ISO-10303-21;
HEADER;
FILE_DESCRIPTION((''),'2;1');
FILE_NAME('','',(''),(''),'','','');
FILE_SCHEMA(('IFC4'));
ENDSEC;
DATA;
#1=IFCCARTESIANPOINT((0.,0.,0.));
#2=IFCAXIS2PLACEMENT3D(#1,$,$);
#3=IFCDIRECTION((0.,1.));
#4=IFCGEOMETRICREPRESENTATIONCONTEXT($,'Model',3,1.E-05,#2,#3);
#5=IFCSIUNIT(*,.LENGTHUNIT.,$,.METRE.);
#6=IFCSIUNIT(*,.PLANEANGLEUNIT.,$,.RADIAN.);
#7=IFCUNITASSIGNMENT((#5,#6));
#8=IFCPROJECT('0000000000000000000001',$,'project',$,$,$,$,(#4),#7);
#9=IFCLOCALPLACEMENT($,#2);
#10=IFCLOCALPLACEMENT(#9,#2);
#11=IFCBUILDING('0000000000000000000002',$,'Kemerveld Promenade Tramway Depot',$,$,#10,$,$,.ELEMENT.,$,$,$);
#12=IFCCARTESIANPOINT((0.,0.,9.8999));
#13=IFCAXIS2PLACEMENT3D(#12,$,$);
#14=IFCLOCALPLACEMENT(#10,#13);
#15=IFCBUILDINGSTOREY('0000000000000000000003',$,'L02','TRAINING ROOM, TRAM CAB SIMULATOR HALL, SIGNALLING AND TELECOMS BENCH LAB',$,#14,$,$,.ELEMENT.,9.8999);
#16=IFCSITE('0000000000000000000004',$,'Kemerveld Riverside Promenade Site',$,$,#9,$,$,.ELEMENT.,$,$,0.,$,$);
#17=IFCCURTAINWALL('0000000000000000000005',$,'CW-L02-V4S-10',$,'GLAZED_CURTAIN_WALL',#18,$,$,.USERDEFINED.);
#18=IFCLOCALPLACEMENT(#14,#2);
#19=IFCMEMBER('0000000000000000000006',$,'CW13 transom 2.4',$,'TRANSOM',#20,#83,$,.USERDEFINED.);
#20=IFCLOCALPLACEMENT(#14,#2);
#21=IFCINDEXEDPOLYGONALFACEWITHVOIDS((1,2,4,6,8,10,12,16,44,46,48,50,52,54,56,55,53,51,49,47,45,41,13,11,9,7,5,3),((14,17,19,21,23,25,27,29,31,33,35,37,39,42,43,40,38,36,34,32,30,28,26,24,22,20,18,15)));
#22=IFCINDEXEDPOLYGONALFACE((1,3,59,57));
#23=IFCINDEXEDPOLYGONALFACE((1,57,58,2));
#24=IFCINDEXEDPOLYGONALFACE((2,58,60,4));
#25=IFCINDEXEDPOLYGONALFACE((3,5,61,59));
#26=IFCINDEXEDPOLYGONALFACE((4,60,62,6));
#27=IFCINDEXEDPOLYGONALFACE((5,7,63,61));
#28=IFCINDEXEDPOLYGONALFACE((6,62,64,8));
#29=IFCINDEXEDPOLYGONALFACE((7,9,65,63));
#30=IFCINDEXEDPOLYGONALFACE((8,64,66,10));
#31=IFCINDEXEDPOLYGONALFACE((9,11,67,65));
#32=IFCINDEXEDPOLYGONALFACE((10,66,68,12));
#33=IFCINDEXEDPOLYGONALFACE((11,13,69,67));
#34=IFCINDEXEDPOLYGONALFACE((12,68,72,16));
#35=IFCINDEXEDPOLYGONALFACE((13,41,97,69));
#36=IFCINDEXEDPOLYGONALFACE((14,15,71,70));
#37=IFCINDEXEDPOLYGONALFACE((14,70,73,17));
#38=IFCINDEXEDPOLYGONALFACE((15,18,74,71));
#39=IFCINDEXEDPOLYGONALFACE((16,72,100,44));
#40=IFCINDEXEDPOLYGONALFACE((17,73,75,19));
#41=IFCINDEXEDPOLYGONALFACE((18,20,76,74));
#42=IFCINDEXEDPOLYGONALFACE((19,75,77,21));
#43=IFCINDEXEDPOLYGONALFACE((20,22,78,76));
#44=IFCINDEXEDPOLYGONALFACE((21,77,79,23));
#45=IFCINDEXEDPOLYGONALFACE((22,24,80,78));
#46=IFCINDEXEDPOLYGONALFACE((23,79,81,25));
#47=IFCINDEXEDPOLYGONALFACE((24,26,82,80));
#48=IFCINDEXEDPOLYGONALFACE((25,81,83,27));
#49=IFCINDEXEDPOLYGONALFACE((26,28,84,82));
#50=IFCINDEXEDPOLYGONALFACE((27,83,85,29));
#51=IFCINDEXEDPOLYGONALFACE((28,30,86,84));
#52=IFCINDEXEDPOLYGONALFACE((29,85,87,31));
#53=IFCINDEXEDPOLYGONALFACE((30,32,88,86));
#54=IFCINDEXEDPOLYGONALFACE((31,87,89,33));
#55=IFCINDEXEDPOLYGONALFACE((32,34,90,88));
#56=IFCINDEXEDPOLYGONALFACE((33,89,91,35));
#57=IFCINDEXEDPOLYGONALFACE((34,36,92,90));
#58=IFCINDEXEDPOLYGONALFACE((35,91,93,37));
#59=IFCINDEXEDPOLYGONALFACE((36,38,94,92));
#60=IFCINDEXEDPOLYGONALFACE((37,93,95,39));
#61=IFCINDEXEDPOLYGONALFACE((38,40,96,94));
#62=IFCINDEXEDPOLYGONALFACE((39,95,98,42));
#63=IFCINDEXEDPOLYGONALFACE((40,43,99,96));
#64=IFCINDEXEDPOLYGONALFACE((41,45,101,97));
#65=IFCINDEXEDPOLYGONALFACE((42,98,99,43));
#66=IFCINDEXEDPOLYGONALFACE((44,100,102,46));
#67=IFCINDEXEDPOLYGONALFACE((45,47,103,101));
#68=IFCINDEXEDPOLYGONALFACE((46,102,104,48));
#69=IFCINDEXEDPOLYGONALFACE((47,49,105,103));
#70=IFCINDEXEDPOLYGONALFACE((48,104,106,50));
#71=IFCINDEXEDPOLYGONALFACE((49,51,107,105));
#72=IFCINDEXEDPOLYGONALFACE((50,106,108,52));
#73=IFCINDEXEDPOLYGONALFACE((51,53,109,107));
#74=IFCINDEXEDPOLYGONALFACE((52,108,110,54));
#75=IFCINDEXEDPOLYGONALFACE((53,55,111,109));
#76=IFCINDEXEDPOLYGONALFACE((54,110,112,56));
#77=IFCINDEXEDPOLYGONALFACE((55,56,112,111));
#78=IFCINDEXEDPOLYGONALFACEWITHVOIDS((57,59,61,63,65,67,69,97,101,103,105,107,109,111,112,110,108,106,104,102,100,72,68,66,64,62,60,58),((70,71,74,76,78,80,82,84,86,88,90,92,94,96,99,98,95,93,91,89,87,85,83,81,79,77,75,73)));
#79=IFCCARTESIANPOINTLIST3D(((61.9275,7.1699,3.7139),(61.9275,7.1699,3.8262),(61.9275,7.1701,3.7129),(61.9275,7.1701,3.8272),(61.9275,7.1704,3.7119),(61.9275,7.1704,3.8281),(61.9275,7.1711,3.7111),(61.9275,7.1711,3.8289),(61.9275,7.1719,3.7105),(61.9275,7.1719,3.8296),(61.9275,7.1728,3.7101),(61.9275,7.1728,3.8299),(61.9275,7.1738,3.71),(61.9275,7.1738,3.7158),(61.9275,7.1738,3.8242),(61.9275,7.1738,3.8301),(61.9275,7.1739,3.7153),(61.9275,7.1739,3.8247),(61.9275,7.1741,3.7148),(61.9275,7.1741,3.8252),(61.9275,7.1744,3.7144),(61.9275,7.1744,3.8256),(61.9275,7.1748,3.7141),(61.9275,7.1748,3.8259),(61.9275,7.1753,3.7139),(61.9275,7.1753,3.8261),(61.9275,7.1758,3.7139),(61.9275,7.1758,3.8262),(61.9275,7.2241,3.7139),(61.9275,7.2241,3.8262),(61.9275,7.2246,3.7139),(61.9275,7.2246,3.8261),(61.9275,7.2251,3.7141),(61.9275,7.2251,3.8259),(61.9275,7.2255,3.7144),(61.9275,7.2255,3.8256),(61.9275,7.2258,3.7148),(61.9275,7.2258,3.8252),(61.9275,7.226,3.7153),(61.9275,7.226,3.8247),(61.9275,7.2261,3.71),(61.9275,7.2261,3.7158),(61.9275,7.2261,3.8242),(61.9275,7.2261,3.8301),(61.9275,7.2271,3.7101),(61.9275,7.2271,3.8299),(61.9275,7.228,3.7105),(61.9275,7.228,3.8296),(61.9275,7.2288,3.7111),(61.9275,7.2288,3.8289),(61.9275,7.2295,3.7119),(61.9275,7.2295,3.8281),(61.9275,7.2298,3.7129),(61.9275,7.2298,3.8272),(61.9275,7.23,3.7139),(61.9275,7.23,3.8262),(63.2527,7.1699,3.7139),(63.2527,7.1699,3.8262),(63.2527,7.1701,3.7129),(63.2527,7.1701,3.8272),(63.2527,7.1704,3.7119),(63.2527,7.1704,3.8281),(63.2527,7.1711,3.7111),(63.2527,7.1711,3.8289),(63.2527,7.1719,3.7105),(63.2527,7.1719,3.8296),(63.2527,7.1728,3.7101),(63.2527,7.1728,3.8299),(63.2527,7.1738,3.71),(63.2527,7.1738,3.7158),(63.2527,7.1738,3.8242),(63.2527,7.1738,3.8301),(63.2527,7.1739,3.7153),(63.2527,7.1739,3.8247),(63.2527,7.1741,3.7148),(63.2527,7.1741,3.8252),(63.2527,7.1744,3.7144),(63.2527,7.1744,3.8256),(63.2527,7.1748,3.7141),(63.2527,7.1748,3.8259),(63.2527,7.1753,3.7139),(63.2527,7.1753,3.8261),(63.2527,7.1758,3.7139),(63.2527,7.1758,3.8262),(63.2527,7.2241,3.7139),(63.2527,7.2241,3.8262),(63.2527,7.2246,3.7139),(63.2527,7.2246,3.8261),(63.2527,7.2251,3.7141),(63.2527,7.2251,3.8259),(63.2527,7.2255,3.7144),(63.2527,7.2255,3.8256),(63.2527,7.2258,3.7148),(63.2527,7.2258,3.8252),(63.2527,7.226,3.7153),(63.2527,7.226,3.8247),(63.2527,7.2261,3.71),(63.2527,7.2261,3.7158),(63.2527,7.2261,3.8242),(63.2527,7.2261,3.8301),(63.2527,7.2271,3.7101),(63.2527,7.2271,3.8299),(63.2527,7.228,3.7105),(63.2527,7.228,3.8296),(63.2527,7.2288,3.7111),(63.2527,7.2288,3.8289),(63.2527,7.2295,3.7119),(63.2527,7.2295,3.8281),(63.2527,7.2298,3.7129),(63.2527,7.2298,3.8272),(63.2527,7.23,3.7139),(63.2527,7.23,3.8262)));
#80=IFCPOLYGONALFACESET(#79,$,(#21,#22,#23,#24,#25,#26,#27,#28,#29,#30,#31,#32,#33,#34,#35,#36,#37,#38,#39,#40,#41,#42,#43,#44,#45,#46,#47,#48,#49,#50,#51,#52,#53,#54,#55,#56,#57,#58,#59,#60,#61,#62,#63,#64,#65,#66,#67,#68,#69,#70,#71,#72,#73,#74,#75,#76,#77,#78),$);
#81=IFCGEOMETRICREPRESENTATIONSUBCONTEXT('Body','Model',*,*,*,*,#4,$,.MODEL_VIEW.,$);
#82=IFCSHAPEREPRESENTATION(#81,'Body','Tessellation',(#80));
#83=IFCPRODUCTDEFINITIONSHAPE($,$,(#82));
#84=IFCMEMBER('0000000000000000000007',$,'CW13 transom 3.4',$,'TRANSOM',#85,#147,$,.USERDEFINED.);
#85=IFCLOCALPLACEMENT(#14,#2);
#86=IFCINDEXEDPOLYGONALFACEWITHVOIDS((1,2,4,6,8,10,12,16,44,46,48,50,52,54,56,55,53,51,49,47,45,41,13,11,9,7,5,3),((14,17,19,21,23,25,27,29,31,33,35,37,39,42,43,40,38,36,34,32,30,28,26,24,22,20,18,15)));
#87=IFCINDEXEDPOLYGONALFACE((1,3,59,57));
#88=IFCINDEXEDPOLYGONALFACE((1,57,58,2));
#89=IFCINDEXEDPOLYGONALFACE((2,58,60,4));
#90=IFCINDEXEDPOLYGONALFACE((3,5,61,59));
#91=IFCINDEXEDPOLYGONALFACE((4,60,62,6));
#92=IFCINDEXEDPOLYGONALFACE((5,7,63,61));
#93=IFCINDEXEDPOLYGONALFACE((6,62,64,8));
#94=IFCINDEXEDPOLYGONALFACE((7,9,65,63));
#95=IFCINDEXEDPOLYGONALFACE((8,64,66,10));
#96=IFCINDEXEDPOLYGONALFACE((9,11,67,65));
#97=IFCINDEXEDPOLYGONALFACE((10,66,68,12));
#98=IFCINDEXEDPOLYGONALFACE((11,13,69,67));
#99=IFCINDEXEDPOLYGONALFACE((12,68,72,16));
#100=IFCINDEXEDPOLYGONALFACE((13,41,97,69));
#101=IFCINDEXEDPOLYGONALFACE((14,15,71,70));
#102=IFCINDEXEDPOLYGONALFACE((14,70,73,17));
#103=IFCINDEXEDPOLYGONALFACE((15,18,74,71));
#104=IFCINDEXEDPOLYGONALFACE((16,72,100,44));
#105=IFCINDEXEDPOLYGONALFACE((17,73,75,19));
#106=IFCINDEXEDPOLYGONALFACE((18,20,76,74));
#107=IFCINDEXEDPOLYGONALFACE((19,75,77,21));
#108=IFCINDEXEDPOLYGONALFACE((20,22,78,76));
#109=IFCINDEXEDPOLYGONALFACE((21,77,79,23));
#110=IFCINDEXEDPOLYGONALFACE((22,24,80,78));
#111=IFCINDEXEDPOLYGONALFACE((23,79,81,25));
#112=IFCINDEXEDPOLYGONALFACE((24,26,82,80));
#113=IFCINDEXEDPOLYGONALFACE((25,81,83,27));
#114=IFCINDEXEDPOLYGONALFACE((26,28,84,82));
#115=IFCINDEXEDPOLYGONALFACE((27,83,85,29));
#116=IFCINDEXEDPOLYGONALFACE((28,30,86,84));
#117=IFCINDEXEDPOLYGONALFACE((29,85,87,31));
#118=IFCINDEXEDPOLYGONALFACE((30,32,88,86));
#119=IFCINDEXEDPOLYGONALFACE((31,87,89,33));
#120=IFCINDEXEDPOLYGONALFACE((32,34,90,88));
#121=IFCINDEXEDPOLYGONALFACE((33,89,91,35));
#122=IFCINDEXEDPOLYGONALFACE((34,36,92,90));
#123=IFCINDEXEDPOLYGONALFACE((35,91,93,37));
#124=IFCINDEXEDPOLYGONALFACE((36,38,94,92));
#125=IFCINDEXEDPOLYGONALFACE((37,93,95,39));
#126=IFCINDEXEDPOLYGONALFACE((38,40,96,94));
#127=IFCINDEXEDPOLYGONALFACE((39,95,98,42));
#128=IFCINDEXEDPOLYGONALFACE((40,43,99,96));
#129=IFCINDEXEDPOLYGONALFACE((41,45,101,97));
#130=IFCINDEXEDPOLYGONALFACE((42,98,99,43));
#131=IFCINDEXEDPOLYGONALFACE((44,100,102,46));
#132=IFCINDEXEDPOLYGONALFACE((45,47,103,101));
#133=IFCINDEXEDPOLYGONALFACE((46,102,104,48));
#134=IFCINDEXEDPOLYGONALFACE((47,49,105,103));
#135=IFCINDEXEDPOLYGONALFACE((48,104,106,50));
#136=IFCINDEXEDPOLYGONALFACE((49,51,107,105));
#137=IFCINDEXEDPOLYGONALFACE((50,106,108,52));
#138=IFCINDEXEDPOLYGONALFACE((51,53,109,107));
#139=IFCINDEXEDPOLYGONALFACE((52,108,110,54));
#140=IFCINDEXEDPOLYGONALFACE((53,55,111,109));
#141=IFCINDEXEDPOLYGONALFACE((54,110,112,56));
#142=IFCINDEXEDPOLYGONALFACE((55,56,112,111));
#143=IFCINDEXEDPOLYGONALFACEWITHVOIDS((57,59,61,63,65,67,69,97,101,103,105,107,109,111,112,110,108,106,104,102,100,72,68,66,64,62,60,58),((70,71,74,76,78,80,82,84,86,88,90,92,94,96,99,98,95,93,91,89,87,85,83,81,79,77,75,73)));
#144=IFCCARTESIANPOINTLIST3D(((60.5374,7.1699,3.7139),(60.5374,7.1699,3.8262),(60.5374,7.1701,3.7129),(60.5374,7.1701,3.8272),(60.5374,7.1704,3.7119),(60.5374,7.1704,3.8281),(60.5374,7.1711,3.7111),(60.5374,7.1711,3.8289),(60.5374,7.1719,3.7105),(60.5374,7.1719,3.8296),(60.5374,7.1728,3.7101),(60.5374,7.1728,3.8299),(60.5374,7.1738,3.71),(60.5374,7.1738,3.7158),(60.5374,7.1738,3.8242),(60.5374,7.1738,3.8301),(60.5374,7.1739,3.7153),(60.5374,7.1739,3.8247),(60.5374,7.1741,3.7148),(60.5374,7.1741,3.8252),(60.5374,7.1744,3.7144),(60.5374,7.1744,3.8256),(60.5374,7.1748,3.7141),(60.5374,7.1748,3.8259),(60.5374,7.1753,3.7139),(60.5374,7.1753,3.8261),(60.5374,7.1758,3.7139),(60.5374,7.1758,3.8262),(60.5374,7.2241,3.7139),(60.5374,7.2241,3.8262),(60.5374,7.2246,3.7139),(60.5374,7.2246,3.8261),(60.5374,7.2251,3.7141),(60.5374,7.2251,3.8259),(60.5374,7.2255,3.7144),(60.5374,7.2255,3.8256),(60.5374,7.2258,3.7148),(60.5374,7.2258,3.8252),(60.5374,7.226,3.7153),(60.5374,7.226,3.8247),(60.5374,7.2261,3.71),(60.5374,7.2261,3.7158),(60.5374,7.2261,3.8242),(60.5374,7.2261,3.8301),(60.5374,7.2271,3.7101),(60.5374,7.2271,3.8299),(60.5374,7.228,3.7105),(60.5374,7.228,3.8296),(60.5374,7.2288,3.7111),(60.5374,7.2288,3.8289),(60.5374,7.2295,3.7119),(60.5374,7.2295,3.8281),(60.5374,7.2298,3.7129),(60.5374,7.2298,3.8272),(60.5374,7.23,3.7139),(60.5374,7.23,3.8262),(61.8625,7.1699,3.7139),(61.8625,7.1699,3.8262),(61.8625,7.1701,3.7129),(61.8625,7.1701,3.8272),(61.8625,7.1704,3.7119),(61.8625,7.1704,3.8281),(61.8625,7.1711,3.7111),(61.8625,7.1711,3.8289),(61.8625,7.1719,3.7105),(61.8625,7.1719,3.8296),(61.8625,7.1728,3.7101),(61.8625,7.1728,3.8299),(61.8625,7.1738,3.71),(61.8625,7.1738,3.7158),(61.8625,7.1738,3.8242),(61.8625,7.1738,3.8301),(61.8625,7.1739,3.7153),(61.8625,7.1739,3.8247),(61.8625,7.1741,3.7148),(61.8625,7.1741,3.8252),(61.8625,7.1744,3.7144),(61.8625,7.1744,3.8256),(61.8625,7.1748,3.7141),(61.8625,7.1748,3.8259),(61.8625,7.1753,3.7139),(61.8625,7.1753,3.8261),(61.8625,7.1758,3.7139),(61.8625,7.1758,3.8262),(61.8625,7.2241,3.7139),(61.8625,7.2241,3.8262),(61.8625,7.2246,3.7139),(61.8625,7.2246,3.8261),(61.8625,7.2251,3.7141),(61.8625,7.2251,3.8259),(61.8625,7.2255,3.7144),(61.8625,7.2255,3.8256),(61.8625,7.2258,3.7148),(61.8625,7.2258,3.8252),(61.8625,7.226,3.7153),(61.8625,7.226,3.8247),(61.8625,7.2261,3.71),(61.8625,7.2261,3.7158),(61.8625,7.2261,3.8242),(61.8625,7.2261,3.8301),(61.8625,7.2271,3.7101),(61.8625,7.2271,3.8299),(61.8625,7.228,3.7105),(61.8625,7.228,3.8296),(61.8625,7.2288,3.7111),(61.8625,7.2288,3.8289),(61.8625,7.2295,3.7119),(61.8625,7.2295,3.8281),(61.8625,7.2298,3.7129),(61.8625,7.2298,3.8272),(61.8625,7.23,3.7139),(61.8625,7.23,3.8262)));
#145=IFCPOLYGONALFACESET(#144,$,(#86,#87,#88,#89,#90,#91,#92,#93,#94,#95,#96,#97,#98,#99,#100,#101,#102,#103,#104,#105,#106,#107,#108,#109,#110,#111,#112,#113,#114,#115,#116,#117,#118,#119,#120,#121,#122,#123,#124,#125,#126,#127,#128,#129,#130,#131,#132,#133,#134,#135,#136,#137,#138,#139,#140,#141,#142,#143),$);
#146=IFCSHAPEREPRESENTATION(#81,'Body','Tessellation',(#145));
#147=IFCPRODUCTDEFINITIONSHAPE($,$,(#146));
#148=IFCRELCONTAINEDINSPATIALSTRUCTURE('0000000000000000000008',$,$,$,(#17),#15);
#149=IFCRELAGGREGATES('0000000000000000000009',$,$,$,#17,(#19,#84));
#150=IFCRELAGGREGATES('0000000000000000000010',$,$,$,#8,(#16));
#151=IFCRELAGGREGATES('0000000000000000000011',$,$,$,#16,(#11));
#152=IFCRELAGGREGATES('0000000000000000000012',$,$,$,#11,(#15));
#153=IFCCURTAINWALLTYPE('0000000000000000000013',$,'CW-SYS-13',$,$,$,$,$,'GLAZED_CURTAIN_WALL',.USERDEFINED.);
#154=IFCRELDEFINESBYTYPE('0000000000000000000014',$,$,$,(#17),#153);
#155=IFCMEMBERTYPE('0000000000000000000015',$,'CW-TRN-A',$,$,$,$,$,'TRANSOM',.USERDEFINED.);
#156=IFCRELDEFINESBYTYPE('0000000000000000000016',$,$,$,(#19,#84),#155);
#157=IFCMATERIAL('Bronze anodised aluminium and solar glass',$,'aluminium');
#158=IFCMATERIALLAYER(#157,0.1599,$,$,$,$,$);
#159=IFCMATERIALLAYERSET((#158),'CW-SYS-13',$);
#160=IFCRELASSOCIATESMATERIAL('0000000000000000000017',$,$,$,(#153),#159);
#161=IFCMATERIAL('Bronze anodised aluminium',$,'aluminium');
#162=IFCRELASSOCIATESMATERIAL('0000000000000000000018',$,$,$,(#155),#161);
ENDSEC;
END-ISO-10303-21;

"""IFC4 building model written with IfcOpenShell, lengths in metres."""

from ifc_helpers import new_model, si_unit, direction, frame, origin, origin_2d, place, context, subcontext, project, spatial, hollow_rectangle, extrude, material, layer, layer_set, material_profile, profile_set, type_object, element, aggregate, save


model = new_model("IFC4")

# Units and contexts
model_context = context("Model", 3, precision=1e-05, world=origin(), true_north=direction((0.0, 1.0)))
body_context = subcontext(model_context, "Body", "Model", "MODEL_VIEW")
ifc_project = project(units=[si_unit("LENGTHUNIT", "METRE"), si_unit("PLANEANGLEUNIT", "RADIAN")], contexts=[model_context])

# Site, building, storey
site_placement = place(None, origin())
site = spatial("IfcSite", under=ifc_project, at=site_placement, Name="Kemerveld Riverside Promenade Site", CompositionType="ELEMENT", RefElevation=0.0)
building_placement = place(site_placement, origin())
building = spatial("IfcBuilding", under=site, at=building_placement, Name="Kemerveld Promenade Tramway Depot", CompositionType="ELEMENT")
storey_placement = place(building_placement, frame((0.0, 0.0, 9.8999)))
storey = spatial("IfcBuildingStorey", under=building, at=storey_placement, Name="L02", Description="TRAINING ROOM, TRAM CAB SIMULATOR HALL, SIGNALLING AND TELECOMS BENCH LAB", CompositionType="ELEMENT", Elevation=9.8999)

# Curtain wall, members
ifc_material_1 = material(Name="Bronze anodised aluminium and solar glass", Category="aluminium")
ifc_layer_1 = layer(ifc_material_1, 0.1599)
ifc_layer_set_1 = layer_set([ifc_layer_1], Name="CW-SYS-13")
curtain_wall_type = type_object("IfcCurtainWallType", Name="CW-SYS-13", ElementType="GLAZED_CURTAIN_WALL", PredefinedType="USERDEFINED", material=ifc_layer_set_1)
curtain_wall_placement = place(storey_placement, origin())
curtain_wall = element("IfcCurtainWall", 1, at=curtain_wall_placement, inside=storey, type_object=curtain_wall_type, Name="CW-L02-V4S-10", ObjectType="GLAZED_CURTAIN_WALL", PredefinedType="USERDEFINED")
ifc_material_2 = material(Name="Bronze anodised aluminium", Category="aluminium")
ifc_material_profile_1 = material_profile(ifc_material_2, hollow_rectangle(XDim=0.0601, YDim=0.1201, WallThickness=0.0039, InnerFilletRadius=0.002, OuterFilletRadius=0.0039, at=origin_2d()), Name="CW-TRN-120x60")
ifc_profile_set_1 = profile_set([ifc_material_profile_1], Name="Bronze anodised aluminium")
member_type_1 = type_object("IfcMemberType", Name="CW-TRN-A", ElementType="TRANSOM", PredefinedType="USERDEFINED", material=ifc_profile_set_1)
member_1_placement = place(storey_placement, frame((63.2527, 7.2, 3.77), z_axis=(-1.0, 0.0, 0.0), x_axis=(0.0, -1.0, 0.0)))
member_1 = element("IfcMember", 2, at=member_1_placement, type_object=member_type_1, Name="CW13 transom 2.4", ObjectType="TRANSOM", PredefinedType="USERDEFINED", context=body_context, shape_type="SweptSolid", body=[
    extrude(hollow_rectangle(XDim=0.0601, YDim=0.1201, WallThickness=0.0039, InnerFilletRadius=0.002, OuterFilletRadius=0.0039, at=origin_2d()), origin(), (0.0, 0.0, 1.0), 1.3252),
])
member_2_placement = place(storey_placement, frame((61.8625, 7.2, 3.77), z_axis=(-1.0, 0.0, 0.0), x_axis=(0.0, -1.0, 0.0)))
member_2 = element("IfcMember", 3, at=member_2_placement, type_object=member_type_1, Name="CW13 transom 3.4", ObjectType="TRANSOM", PredefinedType="USERDEFINED", context=body_context, shape_type="SweptSolid", body=[
    extrude(hollow_rectangle(XDim=0.0601, YDim=0.1201, WallThickness=0.0039, InnerFilletRadius=0.002, OuterFilletRadius=0.0039, at=origin_2d()), origin(), (0.0, 0.0, 1.0), 1.3252),
])

aggregate(curtain_wall, [member_1, member_2])

save(model, "model.ifc")
